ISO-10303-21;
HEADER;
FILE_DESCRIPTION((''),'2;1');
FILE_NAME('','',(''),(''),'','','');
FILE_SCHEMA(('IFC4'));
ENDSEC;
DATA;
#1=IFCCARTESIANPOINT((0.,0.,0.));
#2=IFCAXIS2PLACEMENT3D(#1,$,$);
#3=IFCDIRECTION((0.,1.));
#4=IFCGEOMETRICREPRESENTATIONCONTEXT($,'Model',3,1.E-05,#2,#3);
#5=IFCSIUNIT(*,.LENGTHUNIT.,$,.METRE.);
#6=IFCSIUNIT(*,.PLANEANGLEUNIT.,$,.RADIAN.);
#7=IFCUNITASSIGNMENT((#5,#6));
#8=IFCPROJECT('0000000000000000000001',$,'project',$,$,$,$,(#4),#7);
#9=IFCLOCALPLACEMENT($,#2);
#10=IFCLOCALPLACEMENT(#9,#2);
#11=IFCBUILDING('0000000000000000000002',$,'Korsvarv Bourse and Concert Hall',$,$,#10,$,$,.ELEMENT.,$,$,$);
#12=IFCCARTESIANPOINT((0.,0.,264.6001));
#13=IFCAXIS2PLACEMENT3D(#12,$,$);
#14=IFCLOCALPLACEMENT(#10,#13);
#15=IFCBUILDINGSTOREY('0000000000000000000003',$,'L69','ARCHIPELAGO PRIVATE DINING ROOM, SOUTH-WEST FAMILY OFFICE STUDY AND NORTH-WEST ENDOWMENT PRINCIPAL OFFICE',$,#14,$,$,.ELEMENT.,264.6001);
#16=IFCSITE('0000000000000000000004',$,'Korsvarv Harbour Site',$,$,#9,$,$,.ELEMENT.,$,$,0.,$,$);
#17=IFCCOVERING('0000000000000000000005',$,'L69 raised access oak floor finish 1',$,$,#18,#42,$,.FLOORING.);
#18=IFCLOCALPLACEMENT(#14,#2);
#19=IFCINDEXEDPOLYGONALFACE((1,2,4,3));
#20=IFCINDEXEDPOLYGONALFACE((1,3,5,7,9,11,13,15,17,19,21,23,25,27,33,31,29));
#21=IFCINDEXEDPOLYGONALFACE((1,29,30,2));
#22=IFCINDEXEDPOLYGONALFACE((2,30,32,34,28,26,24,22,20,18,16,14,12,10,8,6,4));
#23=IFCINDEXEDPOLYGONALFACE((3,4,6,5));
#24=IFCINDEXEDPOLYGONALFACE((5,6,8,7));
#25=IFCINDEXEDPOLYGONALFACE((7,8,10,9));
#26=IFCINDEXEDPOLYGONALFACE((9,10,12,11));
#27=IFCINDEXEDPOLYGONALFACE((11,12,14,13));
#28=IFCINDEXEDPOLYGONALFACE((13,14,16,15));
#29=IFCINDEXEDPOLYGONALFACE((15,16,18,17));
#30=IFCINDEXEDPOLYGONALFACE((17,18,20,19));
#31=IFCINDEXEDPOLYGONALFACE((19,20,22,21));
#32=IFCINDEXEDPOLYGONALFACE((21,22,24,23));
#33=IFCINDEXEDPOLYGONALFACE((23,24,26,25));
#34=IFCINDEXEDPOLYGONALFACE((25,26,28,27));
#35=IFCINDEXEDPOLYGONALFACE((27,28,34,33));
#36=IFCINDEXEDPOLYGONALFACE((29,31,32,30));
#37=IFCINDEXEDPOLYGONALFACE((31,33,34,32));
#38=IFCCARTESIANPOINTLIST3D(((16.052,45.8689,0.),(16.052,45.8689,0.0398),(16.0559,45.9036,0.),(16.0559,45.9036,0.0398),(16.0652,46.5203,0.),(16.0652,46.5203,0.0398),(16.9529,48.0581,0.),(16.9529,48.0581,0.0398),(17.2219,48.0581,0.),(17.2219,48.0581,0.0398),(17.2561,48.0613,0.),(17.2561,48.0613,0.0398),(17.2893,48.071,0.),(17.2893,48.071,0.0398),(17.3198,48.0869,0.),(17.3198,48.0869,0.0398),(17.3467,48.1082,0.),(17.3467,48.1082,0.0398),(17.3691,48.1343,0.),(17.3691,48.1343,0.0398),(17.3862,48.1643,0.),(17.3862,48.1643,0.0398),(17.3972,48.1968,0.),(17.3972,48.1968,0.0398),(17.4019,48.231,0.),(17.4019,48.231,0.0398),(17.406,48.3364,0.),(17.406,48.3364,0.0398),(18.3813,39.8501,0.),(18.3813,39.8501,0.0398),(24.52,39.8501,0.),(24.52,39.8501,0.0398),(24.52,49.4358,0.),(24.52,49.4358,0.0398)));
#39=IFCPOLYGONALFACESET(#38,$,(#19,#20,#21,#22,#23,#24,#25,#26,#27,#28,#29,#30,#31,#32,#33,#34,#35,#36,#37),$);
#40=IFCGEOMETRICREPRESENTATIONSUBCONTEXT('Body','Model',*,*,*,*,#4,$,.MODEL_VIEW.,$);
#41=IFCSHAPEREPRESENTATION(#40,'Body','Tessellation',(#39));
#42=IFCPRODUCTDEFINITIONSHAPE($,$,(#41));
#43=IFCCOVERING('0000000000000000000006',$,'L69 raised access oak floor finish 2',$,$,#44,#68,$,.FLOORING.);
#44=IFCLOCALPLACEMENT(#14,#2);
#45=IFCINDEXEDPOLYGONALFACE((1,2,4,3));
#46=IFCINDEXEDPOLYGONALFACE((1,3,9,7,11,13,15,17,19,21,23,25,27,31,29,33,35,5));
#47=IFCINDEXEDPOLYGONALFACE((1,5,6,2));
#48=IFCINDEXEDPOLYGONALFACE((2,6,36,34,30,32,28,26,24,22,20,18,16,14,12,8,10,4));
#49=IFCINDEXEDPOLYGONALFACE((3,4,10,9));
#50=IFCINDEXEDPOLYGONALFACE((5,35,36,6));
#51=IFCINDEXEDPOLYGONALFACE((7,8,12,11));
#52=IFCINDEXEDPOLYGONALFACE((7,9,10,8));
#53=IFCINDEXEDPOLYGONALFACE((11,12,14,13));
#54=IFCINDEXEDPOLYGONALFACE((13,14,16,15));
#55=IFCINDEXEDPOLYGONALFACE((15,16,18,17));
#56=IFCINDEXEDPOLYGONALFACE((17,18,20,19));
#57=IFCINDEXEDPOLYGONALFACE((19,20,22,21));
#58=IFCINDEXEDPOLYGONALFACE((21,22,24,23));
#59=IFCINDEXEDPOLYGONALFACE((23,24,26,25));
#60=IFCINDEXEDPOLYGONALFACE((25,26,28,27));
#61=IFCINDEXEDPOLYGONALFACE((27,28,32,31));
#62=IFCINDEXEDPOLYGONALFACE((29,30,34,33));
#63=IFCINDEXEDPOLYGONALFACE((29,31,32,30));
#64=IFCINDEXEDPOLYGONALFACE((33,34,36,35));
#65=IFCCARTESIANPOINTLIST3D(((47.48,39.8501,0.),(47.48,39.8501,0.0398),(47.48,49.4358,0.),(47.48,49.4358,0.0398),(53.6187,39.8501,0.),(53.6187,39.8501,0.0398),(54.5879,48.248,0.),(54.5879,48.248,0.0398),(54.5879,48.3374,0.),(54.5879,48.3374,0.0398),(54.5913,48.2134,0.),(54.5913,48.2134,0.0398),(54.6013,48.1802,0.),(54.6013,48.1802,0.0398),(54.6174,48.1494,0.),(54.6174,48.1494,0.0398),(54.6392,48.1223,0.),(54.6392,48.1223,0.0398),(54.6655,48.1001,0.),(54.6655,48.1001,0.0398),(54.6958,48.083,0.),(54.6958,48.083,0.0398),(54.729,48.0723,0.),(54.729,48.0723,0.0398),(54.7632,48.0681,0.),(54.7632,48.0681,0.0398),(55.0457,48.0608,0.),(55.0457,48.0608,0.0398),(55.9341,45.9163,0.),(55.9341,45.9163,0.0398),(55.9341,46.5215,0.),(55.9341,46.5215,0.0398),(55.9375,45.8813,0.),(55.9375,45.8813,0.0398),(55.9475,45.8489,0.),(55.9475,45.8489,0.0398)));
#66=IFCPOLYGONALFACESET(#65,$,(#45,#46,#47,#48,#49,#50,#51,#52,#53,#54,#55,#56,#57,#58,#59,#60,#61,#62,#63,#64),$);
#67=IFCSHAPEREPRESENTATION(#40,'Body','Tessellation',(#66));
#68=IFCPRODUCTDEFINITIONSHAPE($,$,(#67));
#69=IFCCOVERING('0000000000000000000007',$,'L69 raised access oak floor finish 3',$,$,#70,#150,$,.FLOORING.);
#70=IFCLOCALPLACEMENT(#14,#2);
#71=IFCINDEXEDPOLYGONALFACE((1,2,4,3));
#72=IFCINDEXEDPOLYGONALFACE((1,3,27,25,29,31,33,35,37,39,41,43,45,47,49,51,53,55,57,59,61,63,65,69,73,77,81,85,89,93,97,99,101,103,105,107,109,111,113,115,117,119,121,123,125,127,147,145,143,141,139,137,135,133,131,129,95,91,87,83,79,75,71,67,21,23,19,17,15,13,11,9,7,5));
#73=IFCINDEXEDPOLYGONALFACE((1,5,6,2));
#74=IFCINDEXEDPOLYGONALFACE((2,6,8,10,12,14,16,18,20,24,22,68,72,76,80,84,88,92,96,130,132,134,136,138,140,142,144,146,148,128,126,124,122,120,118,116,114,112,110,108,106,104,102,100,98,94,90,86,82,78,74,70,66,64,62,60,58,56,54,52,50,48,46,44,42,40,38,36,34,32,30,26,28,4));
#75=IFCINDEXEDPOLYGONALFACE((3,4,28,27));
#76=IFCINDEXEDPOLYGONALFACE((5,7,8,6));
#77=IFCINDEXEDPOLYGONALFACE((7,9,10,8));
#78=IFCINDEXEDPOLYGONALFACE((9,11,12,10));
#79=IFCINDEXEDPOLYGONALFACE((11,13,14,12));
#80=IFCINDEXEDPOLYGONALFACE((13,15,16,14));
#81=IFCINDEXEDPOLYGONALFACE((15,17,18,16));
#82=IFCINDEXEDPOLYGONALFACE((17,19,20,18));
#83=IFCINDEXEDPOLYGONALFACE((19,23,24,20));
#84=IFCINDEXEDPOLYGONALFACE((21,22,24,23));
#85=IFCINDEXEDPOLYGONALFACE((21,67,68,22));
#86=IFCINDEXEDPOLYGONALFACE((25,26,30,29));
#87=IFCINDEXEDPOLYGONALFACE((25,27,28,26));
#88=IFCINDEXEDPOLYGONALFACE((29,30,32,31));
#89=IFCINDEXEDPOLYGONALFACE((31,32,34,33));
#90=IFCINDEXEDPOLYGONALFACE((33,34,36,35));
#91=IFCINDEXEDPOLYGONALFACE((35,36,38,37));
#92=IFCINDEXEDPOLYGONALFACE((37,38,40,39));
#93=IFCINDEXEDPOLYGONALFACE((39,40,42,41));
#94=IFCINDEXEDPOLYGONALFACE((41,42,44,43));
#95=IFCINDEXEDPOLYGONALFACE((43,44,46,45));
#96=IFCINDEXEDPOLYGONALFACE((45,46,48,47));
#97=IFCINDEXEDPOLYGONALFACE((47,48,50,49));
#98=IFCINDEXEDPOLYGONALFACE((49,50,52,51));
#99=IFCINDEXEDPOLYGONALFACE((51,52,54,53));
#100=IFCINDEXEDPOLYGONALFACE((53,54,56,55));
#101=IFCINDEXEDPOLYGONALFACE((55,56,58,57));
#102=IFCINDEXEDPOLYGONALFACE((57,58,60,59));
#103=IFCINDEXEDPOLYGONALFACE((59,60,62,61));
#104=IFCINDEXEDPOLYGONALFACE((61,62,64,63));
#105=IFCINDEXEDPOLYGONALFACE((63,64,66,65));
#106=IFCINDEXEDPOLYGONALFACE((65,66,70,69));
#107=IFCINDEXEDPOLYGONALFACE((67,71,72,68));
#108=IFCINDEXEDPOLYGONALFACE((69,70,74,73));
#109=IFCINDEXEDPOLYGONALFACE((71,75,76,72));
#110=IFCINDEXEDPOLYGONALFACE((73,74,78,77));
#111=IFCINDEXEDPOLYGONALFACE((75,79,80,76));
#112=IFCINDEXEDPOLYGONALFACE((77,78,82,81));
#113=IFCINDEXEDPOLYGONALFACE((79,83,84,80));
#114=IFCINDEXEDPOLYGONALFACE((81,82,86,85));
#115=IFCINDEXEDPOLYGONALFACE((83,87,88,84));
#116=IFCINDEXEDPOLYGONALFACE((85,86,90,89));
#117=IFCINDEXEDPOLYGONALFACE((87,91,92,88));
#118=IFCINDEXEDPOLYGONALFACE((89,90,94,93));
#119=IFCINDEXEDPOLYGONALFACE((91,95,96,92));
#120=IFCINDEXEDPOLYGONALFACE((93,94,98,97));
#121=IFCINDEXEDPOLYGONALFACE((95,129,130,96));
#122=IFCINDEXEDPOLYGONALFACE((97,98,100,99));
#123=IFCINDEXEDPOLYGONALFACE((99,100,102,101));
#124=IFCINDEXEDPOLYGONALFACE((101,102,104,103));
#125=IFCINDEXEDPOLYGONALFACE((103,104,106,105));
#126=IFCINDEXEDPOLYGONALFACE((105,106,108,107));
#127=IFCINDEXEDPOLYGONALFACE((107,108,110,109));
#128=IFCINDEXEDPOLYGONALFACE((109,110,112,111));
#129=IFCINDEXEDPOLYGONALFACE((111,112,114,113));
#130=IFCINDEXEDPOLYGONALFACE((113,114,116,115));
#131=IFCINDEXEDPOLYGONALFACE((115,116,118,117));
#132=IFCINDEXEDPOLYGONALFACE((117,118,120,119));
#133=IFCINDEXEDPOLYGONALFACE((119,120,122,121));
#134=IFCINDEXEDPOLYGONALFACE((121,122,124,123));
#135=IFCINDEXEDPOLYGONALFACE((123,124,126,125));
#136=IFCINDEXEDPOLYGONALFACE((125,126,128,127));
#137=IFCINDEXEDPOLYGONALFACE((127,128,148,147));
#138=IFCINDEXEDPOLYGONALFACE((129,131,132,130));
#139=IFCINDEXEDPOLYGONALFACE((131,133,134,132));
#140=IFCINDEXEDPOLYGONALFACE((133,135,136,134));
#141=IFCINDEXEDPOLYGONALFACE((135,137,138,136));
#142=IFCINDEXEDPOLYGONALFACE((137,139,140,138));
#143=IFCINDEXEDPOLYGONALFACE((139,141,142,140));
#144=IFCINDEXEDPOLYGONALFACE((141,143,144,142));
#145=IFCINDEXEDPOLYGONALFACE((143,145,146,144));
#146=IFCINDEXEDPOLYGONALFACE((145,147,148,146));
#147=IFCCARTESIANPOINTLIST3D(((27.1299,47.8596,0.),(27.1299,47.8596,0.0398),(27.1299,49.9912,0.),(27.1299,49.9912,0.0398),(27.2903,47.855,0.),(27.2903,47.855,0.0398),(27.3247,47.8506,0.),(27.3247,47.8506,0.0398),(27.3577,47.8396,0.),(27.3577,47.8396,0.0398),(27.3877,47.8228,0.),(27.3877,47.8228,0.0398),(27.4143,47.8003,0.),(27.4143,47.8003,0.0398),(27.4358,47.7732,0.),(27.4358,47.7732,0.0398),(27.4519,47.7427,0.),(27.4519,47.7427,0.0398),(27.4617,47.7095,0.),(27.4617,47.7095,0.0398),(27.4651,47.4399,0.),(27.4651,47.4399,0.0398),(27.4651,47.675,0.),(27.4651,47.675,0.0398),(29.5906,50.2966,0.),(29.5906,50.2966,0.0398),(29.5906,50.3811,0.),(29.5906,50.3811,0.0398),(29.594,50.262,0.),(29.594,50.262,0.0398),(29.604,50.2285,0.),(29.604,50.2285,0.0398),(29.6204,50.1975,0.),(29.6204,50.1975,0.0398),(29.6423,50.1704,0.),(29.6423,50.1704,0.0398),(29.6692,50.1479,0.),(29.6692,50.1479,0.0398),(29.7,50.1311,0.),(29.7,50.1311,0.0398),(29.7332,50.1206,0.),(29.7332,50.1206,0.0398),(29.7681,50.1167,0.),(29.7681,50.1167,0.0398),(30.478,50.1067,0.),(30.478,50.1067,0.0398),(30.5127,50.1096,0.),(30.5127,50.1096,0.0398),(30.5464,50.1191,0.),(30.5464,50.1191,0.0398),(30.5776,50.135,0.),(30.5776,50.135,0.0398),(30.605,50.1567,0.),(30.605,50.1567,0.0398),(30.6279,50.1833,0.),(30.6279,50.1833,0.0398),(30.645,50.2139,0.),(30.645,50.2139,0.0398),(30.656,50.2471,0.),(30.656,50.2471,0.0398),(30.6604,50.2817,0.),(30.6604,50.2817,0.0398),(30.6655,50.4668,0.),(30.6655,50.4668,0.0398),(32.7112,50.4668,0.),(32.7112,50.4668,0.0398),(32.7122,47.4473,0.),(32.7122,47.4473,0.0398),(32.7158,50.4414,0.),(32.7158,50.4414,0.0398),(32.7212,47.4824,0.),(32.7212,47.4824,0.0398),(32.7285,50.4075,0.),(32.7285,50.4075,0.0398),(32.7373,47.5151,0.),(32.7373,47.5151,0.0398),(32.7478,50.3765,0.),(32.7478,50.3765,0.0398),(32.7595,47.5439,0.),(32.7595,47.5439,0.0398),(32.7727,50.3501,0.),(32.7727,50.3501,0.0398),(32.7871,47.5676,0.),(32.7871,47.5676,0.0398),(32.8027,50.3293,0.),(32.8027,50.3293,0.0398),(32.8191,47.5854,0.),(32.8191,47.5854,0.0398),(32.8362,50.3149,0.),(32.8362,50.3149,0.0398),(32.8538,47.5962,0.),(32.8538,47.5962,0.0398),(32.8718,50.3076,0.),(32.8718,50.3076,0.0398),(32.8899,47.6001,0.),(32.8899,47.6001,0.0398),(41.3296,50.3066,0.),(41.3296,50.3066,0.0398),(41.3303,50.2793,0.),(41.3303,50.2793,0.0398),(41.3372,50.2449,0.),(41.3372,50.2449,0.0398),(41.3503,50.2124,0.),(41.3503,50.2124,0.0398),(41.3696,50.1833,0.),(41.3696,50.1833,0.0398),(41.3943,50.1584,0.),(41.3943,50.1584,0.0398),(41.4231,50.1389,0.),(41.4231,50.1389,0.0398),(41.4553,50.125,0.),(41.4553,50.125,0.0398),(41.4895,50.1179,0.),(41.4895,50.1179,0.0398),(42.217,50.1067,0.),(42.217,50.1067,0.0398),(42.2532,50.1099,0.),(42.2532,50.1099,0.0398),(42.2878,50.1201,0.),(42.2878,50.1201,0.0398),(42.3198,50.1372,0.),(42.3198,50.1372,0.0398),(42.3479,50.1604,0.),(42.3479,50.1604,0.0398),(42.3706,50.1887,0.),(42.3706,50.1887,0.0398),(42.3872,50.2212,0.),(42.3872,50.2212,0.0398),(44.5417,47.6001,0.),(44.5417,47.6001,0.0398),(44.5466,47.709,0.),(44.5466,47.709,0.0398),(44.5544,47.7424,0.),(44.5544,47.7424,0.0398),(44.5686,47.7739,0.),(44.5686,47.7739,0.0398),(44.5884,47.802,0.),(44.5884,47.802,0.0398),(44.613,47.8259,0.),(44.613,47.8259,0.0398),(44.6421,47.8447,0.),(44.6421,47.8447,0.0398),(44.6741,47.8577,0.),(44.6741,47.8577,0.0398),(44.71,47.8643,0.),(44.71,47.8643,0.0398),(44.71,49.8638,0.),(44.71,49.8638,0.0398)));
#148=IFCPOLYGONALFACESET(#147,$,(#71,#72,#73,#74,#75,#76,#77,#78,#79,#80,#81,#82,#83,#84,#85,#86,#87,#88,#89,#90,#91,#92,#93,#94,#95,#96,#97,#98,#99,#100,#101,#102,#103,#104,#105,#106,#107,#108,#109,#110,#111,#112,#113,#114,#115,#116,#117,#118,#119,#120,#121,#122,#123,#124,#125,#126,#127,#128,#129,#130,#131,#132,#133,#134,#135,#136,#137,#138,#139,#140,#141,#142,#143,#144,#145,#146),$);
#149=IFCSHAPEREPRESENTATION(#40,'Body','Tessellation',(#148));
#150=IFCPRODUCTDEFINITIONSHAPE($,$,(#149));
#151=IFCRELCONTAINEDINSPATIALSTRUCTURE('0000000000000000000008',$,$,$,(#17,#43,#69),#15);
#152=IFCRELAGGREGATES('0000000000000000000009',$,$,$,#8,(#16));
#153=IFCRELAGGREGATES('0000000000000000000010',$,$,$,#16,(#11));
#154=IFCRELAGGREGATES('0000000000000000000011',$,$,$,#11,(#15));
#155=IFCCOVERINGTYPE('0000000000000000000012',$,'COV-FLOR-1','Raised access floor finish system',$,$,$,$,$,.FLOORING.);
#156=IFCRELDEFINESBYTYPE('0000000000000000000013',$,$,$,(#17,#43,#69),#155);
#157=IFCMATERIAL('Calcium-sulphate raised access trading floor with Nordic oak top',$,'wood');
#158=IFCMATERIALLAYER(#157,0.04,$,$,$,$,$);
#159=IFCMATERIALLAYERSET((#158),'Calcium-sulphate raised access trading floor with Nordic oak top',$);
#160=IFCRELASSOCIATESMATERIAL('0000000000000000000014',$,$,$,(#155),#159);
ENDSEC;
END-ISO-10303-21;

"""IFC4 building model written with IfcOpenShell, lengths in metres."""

from ifc_helpers import new_model, si_unit, direction, frame, origin, place, context, subcontext, project, spatial, polyline, outline, extrude, material, layer, layer_set, type_object, element, save


model = new_model("IFC4")

# Units and contexts
model_context = context("Model", 3, precision=1e-05, world=origin(), true_north=direction((0.0, 1.0)))
body_context = subcontext(model_context, "Body", "Model", "MODEL_VIEW")
ifc_project = project(units=[si_unit("LENGTHUNIT", "METRE"), si_unit("PLANEANGLEUNIT", "RADIAN")], contexts=[model_context])

# Site, building, storey
site_placement = place(None, origin())
site = spatial("IfcSite", under=ifc_project, at=site_placement, Name="Korsvarv Harbour Site", CompositionType="ELEMENT", RefElevation=0.0)
building_placement = place(site_placement, origin())
building = spatial("IfcBuilding", under=site, at=building_placement, Name="Korsvarv Bourse and Concert Hall", CompositionType="ELEMENT")
storey_placement = place(building_placement, frame((0.0, 0.0, 264.6001)))
storey = spatial("IfcBuildingStorey", under=building, at=storey_placement, Name="L69", Description="ARCHIPELAGO PRIVATE DINING ROOM, SOUTH-WEST FAMILY OFFICE STUDY AND NORTH-WEST ENDOWMENT PRINCIPAL OFFICE", CompositionType="ELEMENT", Elevation=264.6001)

# Coverings
ifc_material_1 = material(Name="Calcium-sulphate raised access trading floor with Nordic oak top", Category="wood")
ifc_layer_1 = layer(ifc_material_1, 0.04)
ifc_layer_set_1 = layer_set([ifc_layer_1], Name="Calcium-sulphate raised access trading floor with Nordic oak top")
covering_type_1 = type_object("IfcCoveringType", Name="COV-FLOR-1", Description="Raised access floor finish system", PredefinedType="FLOORING", material=ifc_layer_set_1)
covering_1_placement = place(storey_placement, origin())
element("IfcCovering", 1, at=covering_1_placement, inside=storey, type_object=covering_type_1, Name="L69 raised access oak floor finish 1", PredefinedType="FLOORING", context=body_context, shape_type="SweptSolid", body=[
    extrude(outline(polyline([(16.052, 45.8689), (16.0559, 45.9036), (16.0652, 46.5203), (16.9529, 48.0581), (17.2219, 48.0581), (17.2561, 48.0613), (17.2893, 48.071), (17.3198, 48.0869), (17.3467, 48.1082), (17.3691, 48.1343), (17.3862, 48.1643), (17.3972, 48.1968), (17.4019, 48.231), (17.406, 48.3364), (24.52, 49.4358), (24.52, 39.8501), (18.3813, 39.8501), (16.052, 45.8689)])), origin(), (0.0, 0.0, 1.0), 0.0398),
])
covering_2_placement = place(storey_placement, origin())
element("IfcCovering", 2, at=covering_2_placement, inside=storey, type_object=covering_type_1, Name="L69 raised access oak floor finish 2", PredefinedType="FLOORING", context=body_context, shape_type="SweptSolid", body=[
    extrude(outline(polyline([(54.5879, 48.248), (54.5913, 48.2134), (54.6013, 48.1802), (54.6174, 48.1494), (54.6392, 48.1223), (54.6655, 48.1001), (54.6958, 48.083), (54.729, 48.0723), (54.7632, 48.0681), (55.0457, 48.0608), (55.9341, 46.5215), (55.9341, 45.9163), (55.9375, 45.8813), (55.9475, 45.8489), (53.6187, 39.8501), (47.48, 39.8501), (47.48, 49.4358), (54.5879, 48.3374), (54.5879, 48.248)])), origin(), (0.0, 0.0, 1.0), 0.0398),
])
covering_3_placement = place(storey_placement, origin())
element("IfcCovering", 3, at=covering_3_placement, inside=storey, type_object=covering_type_1, Name="L69 raised access oak floor finish 3", PredefinedType="FLOORING", context=body_context, shape_type="SweptSolid", body=[
    extrude(outline(polyline([(29.5906, 50.3811), (29.5906, 50.2966), (29.594, 50.262), (29.604, 50.2285), (29.6204, 50.1975), (29.6423, 50.1704), (29.6692, 50.1479), (29.7, 50.1311), (29.7332, 50.1206), (29.7681, 50.1167), (30.478, 50.1067), (30.5127, 50.1096), (30.5464, 50.1191), (30.5776, 50.135), (30.605, 50.1567), (30.6279, 50.1833), (30.645, 50.2139), (30.656, 50.2471), (30.6604, 50.2817), (30.6655, 50.4668), (32.7112, 50.4668), (32.7158, 50.4414), (32.7285, 50.4075), (32.7478, 50.3765), (32.7727, 50.3501), (32.8027, 50.3293), (32.8362, 50.3149), (32.8718, 50.3076), (41.3296, 50.3066), (41.3303, 50.2793), (41.3372, 50.2449), (41.3503, 50.2124), (41.3696, 50.1833), (41.3943, 50.1584), (41.4231, 50.1389), (41.4553, 50.125), (41.4895, 50.1179), (42.217, 50.1067), (42.2532, 50.1099), (42.2878, 50.1201), (42.3198, 50.1372), (42.3479, 50.1604), (42.3706, 50.1887), (42.3872, 50.2212), (44.71, 49.8638), (44.71, 47.8643), (44.6741, 47.8577), (44.6421, 47.8447), (44.613, 47.8259), (44.5884, 47.802), (44.5686, 47.7739), (44.5544, 47.7424), (44.5466, 47.709), (44.5417, 47.6001), (32.8899, 47.6001), (32.8538, 47.5962), (32.8191, 47.5854), (32.7871, 47.5676), (32.7595, 47.5439), (32.7373, 47.5151), (32.7212, 47.4824), (32.7122, 47.4473), (27.4651, 47.4399), (27.4651, 47.675), (27.4617, 47.7095), (27.4519, 47.7427), (27.4358, 47.7732), (27.4143, 47.8003), (27.3877, 47.8228), (27.3577, 47.8396), (27.3247, 47.8506), (27.2903, 47.855), (27.1299, 47.8596), (27.1299, 49.9912), (29.5906, 50.3811)])), origin(), (0.0, 0.0, 1.0), 0.0398),
])

save(model, "model.ifc")
